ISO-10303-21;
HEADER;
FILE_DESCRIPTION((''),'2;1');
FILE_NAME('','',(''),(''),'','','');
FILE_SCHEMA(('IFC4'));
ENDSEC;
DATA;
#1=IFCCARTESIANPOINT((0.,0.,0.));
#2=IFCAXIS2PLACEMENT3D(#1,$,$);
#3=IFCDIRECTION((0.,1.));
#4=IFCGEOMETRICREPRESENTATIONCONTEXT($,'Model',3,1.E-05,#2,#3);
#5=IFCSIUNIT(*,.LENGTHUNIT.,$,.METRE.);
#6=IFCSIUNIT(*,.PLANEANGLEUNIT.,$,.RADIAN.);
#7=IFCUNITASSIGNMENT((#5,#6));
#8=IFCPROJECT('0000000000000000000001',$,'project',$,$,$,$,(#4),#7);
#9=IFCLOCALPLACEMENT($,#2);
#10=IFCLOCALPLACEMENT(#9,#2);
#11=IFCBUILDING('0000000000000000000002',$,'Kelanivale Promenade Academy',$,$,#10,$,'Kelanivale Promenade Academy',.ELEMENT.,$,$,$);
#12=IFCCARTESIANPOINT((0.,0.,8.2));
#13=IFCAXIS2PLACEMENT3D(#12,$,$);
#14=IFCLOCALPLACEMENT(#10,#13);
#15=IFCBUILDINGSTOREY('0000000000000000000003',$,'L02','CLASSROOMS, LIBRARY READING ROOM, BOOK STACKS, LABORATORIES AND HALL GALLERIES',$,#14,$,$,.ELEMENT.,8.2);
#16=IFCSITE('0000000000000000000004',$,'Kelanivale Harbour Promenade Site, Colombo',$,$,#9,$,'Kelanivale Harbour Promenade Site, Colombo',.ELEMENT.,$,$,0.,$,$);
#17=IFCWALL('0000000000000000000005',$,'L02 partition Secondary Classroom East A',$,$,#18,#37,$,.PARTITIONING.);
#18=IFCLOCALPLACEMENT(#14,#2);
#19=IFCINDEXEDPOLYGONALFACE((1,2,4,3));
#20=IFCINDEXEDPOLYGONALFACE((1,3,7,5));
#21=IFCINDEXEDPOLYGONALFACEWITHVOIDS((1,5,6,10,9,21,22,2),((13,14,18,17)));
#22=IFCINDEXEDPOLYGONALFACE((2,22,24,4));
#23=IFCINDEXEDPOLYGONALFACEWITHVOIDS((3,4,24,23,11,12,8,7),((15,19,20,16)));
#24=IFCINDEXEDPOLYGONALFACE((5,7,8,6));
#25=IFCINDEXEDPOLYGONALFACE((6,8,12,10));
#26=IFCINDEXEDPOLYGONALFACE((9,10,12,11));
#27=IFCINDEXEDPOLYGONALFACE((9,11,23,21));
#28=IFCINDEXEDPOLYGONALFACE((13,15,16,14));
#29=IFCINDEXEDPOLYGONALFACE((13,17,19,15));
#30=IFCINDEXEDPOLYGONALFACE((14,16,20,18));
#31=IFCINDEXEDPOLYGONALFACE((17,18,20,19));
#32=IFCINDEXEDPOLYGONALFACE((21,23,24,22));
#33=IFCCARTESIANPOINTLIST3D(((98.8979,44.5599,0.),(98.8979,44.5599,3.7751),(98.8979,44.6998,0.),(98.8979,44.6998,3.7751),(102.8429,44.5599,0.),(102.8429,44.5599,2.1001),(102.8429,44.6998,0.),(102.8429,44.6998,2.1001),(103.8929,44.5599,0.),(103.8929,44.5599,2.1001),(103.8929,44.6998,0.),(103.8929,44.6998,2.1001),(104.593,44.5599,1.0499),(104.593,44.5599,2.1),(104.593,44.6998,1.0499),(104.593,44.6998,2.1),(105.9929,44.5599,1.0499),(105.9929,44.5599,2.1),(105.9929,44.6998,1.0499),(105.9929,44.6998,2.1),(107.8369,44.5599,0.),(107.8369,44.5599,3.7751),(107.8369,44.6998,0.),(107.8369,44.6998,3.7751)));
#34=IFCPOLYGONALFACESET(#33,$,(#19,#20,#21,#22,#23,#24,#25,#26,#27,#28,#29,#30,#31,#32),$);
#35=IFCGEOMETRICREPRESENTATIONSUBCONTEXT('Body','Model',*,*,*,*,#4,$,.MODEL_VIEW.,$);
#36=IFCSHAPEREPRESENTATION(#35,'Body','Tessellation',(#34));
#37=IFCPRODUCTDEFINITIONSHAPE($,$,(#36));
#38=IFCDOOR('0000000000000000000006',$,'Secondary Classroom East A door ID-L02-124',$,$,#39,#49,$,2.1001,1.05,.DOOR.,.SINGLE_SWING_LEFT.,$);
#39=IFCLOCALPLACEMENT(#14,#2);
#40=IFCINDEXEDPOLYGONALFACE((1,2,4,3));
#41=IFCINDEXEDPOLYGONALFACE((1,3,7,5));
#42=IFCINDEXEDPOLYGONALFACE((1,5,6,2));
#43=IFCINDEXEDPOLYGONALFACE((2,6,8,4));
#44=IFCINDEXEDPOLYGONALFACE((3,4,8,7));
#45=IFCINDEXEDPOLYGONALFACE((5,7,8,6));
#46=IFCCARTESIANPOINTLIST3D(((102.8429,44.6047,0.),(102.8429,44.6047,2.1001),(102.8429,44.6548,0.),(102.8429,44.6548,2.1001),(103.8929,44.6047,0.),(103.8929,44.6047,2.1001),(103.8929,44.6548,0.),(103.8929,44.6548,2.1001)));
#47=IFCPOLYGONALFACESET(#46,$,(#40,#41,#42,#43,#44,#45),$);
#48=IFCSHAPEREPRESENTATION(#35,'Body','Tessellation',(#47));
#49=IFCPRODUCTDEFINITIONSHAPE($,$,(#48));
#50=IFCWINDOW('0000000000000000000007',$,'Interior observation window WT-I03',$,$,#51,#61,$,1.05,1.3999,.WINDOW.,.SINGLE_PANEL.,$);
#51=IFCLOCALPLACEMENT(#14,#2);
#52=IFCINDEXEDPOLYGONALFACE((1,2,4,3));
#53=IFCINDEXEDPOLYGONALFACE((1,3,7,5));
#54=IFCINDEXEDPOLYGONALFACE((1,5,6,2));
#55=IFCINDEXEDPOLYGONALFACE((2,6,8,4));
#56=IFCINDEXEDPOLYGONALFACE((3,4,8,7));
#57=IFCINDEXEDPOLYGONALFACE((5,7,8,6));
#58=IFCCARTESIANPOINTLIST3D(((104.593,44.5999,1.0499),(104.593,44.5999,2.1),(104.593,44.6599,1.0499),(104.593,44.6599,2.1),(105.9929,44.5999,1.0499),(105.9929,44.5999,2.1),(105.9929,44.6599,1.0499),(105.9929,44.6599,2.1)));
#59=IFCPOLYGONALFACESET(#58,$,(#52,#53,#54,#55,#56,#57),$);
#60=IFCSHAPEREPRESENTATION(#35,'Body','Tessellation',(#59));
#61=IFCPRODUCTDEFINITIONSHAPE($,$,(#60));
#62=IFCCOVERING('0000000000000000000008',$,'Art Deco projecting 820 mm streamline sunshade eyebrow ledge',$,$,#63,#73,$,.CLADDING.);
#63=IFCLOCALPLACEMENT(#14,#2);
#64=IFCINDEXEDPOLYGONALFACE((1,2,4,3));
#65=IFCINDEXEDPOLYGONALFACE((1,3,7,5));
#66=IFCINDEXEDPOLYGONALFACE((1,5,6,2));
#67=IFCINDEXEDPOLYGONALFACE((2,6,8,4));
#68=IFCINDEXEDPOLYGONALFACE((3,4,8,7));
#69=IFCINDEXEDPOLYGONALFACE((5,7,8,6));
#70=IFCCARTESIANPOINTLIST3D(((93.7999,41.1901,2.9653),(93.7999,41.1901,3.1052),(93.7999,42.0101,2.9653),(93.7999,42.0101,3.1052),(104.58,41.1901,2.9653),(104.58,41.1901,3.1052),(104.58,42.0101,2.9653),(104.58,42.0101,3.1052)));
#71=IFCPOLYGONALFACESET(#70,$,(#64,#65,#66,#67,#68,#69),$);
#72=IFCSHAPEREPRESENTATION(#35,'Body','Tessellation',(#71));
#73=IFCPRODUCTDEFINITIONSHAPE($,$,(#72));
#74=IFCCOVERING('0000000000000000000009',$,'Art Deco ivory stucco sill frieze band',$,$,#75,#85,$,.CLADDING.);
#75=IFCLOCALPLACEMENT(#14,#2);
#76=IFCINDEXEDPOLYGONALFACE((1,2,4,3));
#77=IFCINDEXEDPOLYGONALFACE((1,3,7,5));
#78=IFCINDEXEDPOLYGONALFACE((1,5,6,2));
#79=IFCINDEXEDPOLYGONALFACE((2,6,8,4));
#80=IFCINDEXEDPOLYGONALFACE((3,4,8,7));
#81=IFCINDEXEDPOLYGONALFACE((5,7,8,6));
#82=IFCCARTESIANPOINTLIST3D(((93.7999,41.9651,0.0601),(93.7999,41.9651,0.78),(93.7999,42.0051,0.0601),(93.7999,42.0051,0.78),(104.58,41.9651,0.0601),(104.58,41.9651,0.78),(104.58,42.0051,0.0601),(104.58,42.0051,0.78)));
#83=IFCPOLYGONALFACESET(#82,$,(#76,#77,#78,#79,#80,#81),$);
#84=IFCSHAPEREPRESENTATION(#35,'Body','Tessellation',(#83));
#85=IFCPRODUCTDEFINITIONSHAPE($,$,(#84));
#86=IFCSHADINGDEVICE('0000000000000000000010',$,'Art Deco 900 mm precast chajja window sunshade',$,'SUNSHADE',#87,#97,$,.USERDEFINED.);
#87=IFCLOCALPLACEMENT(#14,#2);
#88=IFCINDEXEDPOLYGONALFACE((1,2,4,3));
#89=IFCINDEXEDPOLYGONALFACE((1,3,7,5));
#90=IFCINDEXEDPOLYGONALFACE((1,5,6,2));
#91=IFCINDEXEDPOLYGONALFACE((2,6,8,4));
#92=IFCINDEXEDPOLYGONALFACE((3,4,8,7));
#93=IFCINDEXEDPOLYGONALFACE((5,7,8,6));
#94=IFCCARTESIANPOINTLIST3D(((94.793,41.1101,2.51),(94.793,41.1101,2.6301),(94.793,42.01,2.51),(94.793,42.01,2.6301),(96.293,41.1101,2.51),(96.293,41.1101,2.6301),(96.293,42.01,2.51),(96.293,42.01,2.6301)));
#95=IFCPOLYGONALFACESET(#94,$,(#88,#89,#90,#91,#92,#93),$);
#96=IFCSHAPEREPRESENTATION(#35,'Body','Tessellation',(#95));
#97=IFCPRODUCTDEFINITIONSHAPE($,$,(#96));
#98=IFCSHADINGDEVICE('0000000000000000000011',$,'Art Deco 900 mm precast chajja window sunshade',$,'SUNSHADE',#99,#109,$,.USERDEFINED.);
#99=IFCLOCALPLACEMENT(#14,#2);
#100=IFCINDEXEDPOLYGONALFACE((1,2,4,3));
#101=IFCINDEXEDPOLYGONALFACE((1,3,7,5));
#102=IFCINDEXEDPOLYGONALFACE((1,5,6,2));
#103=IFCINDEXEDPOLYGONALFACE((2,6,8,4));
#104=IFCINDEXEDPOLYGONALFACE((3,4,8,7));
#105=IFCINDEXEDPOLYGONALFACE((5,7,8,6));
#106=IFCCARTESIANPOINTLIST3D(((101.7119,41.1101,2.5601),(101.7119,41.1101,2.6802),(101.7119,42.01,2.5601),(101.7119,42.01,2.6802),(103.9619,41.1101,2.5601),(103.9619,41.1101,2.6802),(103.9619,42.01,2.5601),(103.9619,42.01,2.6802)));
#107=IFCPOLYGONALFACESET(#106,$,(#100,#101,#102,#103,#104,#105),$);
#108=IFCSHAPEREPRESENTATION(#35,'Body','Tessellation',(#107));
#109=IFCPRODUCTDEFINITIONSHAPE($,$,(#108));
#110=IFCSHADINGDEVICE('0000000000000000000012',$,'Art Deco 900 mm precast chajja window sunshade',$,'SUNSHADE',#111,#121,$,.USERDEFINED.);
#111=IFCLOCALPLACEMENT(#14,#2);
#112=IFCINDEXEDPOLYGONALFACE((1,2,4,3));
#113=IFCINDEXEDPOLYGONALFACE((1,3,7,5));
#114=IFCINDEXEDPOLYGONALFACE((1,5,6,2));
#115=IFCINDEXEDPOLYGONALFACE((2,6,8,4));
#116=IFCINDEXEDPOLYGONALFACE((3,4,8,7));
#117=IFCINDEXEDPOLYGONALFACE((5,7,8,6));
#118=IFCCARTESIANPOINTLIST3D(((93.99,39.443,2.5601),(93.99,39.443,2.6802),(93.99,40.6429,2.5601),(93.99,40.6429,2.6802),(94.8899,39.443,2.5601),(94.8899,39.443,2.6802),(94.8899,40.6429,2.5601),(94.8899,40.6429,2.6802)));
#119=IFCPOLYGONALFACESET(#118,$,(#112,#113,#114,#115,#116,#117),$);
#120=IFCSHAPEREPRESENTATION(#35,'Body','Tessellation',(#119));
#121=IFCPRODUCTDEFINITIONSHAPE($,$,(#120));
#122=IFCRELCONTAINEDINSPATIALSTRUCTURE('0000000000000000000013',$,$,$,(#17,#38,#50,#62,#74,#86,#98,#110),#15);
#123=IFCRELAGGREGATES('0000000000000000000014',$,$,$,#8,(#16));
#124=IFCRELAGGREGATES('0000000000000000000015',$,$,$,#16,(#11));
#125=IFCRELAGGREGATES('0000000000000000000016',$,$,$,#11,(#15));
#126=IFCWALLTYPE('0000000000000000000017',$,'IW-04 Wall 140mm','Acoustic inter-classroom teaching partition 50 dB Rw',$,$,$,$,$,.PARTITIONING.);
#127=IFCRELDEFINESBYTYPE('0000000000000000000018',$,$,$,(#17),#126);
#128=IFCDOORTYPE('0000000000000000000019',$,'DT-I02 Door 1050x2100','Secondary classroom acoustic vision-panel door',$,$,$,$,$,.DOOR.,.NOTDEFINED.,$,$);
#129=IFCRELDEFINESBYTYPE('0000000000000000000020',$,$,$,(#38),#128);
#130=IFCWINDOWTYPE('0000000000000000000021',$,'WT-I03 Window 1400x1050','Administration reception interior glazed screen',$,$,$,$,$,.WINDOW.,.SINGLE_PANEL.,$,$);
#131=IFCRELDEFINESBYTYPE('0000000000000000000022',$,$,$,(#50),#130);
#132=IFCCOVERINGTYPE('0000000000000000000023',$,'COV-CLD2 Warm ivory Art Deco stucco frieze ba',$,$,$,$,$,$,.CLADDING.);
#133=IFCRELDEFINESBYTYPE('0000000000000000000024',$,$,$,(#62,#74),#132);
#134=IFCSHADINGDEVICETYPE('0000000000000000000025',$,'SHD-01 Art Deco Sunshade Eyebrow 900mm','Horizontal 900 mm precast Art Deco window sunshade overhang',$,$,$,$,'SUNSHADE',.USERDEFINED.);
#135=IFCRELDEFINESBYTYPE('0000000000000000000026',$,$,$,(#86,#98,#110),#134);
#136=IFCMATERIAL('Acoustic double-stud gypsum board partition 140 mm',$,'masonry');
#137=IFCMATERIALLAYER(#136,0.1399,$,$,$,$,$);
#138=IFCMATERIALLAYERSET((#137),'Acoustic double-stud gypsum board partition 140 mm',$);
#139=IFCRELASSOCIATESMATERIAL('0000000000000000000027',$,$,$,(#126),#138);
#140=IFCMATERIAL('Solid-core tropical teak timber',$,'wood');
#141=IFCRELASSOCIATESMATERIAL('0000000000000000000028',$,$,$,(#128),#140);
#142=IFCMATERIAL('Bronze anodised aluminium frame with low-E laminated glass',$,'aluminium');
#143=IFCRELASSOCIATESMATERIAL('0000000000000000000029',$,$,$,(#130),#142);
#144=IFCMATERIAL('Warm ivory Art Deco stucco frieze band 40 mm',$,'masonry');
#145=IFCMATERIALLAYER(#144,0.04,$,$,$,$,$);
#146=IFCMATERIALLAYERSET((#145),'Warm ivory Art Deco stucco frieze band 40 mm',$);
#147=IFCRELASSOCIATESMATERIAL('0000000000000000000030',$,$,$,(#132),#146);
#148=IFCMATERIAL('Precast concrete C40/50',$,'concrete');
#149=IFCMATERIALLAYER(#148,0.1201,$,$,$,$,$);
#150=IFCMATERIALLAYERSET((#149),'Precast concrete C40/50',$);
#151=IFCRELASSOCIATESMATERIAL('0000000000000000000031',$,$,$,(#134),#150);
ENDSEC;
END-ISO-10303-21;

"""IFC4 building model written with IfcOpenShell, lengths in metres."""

from ifc_helpers import new_model, si_unit, direction, frame, frame_2d, origin, origin_2d, place, context, subcontext, project, spatial, rectangle, extrude, material, layer, layer_set, type_object, element, fill, save


model = new_model("IFC4")

# Units and contexts
model_context = context("Model", 3, precision=1e-05, world=origin(), true_north=direction((0.0, 1.0)))
body_context = subcontext(model_context, "Body", "Model", "MODEL_VIEW")
ifc_project = project(units=[si_unit("LENGTHUNIT", "METRE"), si_unit("PLANEANGLEUNIT", "RADIAN")], contexts=[model_context])

# Site, building, storey
site_placement = place(None, origin())
site = spatial("IfcSite", under=ifc_project, at=site_placement, Name="Kelanivale Harbour Promenade Site, Colombo", LongName="Kelanivale Harbour Promenade Site, Colombo", CompositionType="ELEMENT", RefElevation=0.0)
building_placement = place(site_placement, origin())
building = spatial("IfcBuilding", under=site, at=building_placement, Name="Kelanivale Promenade Academy", LongName="Kelanivale Promenade Academy", CompositionType="ELEMENT")
storey_placement = place(building_placement, frame((0.0, 0.0, 8.2)))
storey = spatial("IfcBuildingStorey", under=building, at=storey_placement, Name="L02", Description="CLASSROOMS, LIBRARY READING ROOM, BOOK STACKS, LABORATORIES AND HALL GALLERIES", CompositionType="ELEMENT", Elevation=8.2)

# Shared definitions
ifc_material_1 = material(Name="Acoustic double-stud gypsum board partition 140 mm", Category="masonry")
ifc_layer_1 = layer(ifc_material_1, 0.1399)
ifc_layer_set_1 = layer_set([ifc_layer_1], Name="Acoustic double-stud gypsum board partition 140 mm")
wall_type = type_object("IfcWallType", Name="IW-04 Wall 140mm", Description="Acoustic inter-classroom teaching partition 50 dB Rw", PredefinedType="PARTITIONING", material=ifc_layer_set_1)

# Wall, openings, door, window
wall_1_placement = place(storey_placement, frame((98.8979, 44.6299, 0.0), z_axis=(0.0, 0.0, 1.0), x_axis=(1.0, 0.0, 0.0)))
wall_1 = element("IfcWall", 1, at=wall_1_placement, inside=storey, type_object=wall_type, Name="L02 partition Secondary Classroom East A", PredefinedType="PARTITIONING", context=body_context, shape_type="SweptSolid", body=[
    extrude(rectangle(XDim=8.939, YDim=0.1399, at=frame_2d((4.4695, 0.0))), origin(), (0.0, 0.0, 1.0), 3.7751),
])
opening_1_placement = place(wall_1_placement, frame((3.9451, 0.0, 0.0)))
opening_1 = element("IfcOpeningElement", 2, at=opening_1_placement, cuts=wall_1, PredefinedType="OPENING", context=body_context, shape_type="SweptSolid", body=[
    extrude(rectangle(XDim=1.05, YDim=2.1001, at=frame_2d((0.5249, 1.05))), frame((0.0, 0.0801, 0.0), z_axis=(0.0, -1.0, 0.0), x_axis=(1.0, 0.0, 0.0)), (0.0, 0.0, 1.0), 0.1599),
])
opening_2_placement = place(wall_1_placement, frame((5.6951, 0.0, 1.05)))
opening_2 = element("IfcOpeningElement", 3, at=opening_2_placement, cuts=wall_1, PredefinedType="OPENING", context=body_context, shape_type="SweptSolid", body=[
    extrude(rectangle(XDim=1.3999, YDim=1.05, at=frame_2d((0.7, 0.5249))), frame((0.0, 0.0801, 0.0), z_axis=(0.0, -1.0, 0.0), x_axis=(1.0, 0.0, 0.0)), (0.0, 0.0, 1.0), 0.1599),
])
ifc_material_2 = material(Name="Solid-core tropical teak timber", Category="wood")
door_type = type_object("IfcDoorType", Name="DT-I02 Door 1050x2100", Description="Secondary classroom acoustic vision-panel door", OperationType="NOTDEFINED", PredefinedType="DOOR", material=ifc_material_2)
door_placement = place(opening_1_placement, origin())
door = element("IfcDoor", 4, at=door_placement, inside=storey, type_object=door_type, Name="Secondary Classroom East A door ID-L02-124", OperationType="SINGLE_SWING_LEFT", OverallHeight=2.1001, OverallWidth=1.05, PredefinedType="DOOR", context=body_context, shape_type="SweptSolid", body=[
    extrude(rectangle(XDim=1.05, YDim=2.1001, at=frame_2d((0.5249, 1.05))), frame((0.0, 0.0249, 0.0), z_axis=(0.0, -1.0, 0.0), x_axis=(1.0, 0.0, 0.0)), (0.0, 0.0, 1.0), 0.05),
])
fill(opening_1, door)
ifc_material_3 = material(Name="Bronze anodised aluminium frame with low-E laminated glass", Category="aluminium")
window_type = type_object("IfcWindowType", Name="WT-I03 Window 1400x1050", Description="Administration reception interior glazed screen", PartitioningType="SINGLE_PANEL", PredefinedType="WINDOW", material=ifc_material_3)
window_placement = place(opening_2_placement, origin())
window = element("IfcWindow", 5, at=window_placement, inside=storey, type_object=window_type, Name="Interior observation window WT-I03", OverallHeight=1.05, OverallWidth=1.3999, PartitioningType="SINGLE_PANEL", PredefinedType="WINDOW", context=body_context, shape_type="SweptSolid", body=[
    extrude(rectangle(XDim=1.3999, YDim=1.05, at=frame_2d((0.7, 0.5249))), frame((0.0, 0.03, 0.0), z_axis=(0.0, -1.0, 0.0), x_axis=(1.0, 0.0, 0.0)), (0.0, 0.0, 1.0), 0.0601),
])
fill(opening_2, window)

# Coverings
ifc_material_4 = material(Name="Warm ivory Art Deco stucco frieze band 40 mm", Category="masonry")
ifc_layer_2 = layer(ifc_material_4, 0.04)
ifc_layer_set_2 = layer_set([ifc_layer_2], Name="Warm ivory Art Deco stucco frieze band 40 mm")
covering_type = type_object("IfcCoveringType", Name="COV-CLD2 Warm ivory Art Deco stucco frieze ba", PredefinedType="CLADDING", material=ifc_layer_set_2)
covering_1_placement = place(storey_placement, frame((99.1899, 41.6001, 2.9653), z_axis=(0.0, 0.0, 1.0), x_axis=(1.0, 0.0, 0.0)))
element("IfcCovering", 6, at=covering_1_placement, inside=storey, type_object=covering_type, Name="Art Deco projecting 820 mm streamline sunshade eyebrow ledge", PredefinedType="CLADDING", context=body_context, shape_type="SweptSolid", body=[
    extrude(rectangle(XDim=10.78, YDim=0.8201, at=origin_2d()), origin(), (0.0, 0.0, 1.0), 0.1399),
])
covering_2_placement = place(storey_placement, frame((99.1899, 41.9851, 0.0601), z_axis=(0.0, 0.0, 1.0), x_axis=(1.0, 0.0, 0.0)))
element("IfcCovering", 7, at=covering_2_placement, inside=storey, type_object=covering_type, Name="Art Deco ivory stucco sill frieze band", PredefinedType="CLADDING", context=body_context, shape_type="SweptSolid", body=[
    extrude(rectangle(XDim=10.78, YDim=0.04, at=origin_2d()), origin(), (0.0, 0.0, 1.0), 0.72),
])

# Shading devices
ifc_material_5 = material(Name="Precast concrete C40/50", Category="concrete")
ifc_layer_3 = layer(ifc_material_5, 0.1201)
ifc_layer_set_3 = layer_set([ifc_layer_3], Name="Precast concrete C40/50")
shading_device_type = type_object("IfcShadingDeviceType", Name="SHD-01 Art Deco Sunshade Eyebrow 900mm", Description="Horizontal 900 mm precast Art Deco window sunshade overhang", ElementType="SUNSHADE", PredefinedType="USERDEFINED", material=ifc_layer_set_3)
shading_device_1_placement = place(storey_placement, frame((95.543, 41.5601, 2.51), z_axis=(0.0, 0.0, 1.0), x_axis=(1.0, 0.0, 0.0)))
element("IfcShadingDevice", 8, at=shading_device_1_placement, inside=storey, type_object=shading_device_type, Name="Art Deco 900 mm precast chajja window sunshade", ObjectType="SUNSHADE", PredefinedType="USERDEFINED", context=body_context, shape_type="SweptSolid", body=[
    extrude(rectangle(XDim=1.5, YDim=0.8999, at=origin_2d()), origin(), (0.0, 0.0, 1.0), 0.1201),
])
shading_device_2_placement = place(storey_placement, frame((102.8369, 41.5601, 2.5601), z_axis=(0.0, 0.0, 1.0), x_axis=(1.0, 0.0, 0.0)))
element("IfcShadingDevice", 9, at=shading_device_2_placement, inside=storey, type_object=shading_device_type, Name="Art Deco 900 mm precast chajja window sunshade", ObjectType="SUNSHADE", PredefinedType="USERDEFINED", context=body_context, shape_type="SweptSolid", body=[
    extrude(rectangle(XDim=2.25, YDim=0.8999, at=origin_2d()), origin(), (0.0, 0.0, 1.0), 0.1201),
])
shading_device_3_placement = place(storey_placement, frame((94.4399, 40.043, 2.5601), z_axis=(0.0, 0.0, 1.0), x_axis=(0.0, 1.0, 0.0)))
element("IfcShadingDevice", 10, at=shading_device_3_placement, inside=storey, type_object=shading_device_type, Name="Art Deco 900 mm precast chajja window sunshade", ObjectType="SUNSHADE", PredefinedType="USERDEFINED", context=body_context, shape_type="SweptSolid", body=[
    extrude(rectangle(XDim=1.2, YDim=0.8999, at=origin_2d()), origin(), (0.0, 0.0, 1.0), 0.1201),
])

save(model, "model.ifc")
